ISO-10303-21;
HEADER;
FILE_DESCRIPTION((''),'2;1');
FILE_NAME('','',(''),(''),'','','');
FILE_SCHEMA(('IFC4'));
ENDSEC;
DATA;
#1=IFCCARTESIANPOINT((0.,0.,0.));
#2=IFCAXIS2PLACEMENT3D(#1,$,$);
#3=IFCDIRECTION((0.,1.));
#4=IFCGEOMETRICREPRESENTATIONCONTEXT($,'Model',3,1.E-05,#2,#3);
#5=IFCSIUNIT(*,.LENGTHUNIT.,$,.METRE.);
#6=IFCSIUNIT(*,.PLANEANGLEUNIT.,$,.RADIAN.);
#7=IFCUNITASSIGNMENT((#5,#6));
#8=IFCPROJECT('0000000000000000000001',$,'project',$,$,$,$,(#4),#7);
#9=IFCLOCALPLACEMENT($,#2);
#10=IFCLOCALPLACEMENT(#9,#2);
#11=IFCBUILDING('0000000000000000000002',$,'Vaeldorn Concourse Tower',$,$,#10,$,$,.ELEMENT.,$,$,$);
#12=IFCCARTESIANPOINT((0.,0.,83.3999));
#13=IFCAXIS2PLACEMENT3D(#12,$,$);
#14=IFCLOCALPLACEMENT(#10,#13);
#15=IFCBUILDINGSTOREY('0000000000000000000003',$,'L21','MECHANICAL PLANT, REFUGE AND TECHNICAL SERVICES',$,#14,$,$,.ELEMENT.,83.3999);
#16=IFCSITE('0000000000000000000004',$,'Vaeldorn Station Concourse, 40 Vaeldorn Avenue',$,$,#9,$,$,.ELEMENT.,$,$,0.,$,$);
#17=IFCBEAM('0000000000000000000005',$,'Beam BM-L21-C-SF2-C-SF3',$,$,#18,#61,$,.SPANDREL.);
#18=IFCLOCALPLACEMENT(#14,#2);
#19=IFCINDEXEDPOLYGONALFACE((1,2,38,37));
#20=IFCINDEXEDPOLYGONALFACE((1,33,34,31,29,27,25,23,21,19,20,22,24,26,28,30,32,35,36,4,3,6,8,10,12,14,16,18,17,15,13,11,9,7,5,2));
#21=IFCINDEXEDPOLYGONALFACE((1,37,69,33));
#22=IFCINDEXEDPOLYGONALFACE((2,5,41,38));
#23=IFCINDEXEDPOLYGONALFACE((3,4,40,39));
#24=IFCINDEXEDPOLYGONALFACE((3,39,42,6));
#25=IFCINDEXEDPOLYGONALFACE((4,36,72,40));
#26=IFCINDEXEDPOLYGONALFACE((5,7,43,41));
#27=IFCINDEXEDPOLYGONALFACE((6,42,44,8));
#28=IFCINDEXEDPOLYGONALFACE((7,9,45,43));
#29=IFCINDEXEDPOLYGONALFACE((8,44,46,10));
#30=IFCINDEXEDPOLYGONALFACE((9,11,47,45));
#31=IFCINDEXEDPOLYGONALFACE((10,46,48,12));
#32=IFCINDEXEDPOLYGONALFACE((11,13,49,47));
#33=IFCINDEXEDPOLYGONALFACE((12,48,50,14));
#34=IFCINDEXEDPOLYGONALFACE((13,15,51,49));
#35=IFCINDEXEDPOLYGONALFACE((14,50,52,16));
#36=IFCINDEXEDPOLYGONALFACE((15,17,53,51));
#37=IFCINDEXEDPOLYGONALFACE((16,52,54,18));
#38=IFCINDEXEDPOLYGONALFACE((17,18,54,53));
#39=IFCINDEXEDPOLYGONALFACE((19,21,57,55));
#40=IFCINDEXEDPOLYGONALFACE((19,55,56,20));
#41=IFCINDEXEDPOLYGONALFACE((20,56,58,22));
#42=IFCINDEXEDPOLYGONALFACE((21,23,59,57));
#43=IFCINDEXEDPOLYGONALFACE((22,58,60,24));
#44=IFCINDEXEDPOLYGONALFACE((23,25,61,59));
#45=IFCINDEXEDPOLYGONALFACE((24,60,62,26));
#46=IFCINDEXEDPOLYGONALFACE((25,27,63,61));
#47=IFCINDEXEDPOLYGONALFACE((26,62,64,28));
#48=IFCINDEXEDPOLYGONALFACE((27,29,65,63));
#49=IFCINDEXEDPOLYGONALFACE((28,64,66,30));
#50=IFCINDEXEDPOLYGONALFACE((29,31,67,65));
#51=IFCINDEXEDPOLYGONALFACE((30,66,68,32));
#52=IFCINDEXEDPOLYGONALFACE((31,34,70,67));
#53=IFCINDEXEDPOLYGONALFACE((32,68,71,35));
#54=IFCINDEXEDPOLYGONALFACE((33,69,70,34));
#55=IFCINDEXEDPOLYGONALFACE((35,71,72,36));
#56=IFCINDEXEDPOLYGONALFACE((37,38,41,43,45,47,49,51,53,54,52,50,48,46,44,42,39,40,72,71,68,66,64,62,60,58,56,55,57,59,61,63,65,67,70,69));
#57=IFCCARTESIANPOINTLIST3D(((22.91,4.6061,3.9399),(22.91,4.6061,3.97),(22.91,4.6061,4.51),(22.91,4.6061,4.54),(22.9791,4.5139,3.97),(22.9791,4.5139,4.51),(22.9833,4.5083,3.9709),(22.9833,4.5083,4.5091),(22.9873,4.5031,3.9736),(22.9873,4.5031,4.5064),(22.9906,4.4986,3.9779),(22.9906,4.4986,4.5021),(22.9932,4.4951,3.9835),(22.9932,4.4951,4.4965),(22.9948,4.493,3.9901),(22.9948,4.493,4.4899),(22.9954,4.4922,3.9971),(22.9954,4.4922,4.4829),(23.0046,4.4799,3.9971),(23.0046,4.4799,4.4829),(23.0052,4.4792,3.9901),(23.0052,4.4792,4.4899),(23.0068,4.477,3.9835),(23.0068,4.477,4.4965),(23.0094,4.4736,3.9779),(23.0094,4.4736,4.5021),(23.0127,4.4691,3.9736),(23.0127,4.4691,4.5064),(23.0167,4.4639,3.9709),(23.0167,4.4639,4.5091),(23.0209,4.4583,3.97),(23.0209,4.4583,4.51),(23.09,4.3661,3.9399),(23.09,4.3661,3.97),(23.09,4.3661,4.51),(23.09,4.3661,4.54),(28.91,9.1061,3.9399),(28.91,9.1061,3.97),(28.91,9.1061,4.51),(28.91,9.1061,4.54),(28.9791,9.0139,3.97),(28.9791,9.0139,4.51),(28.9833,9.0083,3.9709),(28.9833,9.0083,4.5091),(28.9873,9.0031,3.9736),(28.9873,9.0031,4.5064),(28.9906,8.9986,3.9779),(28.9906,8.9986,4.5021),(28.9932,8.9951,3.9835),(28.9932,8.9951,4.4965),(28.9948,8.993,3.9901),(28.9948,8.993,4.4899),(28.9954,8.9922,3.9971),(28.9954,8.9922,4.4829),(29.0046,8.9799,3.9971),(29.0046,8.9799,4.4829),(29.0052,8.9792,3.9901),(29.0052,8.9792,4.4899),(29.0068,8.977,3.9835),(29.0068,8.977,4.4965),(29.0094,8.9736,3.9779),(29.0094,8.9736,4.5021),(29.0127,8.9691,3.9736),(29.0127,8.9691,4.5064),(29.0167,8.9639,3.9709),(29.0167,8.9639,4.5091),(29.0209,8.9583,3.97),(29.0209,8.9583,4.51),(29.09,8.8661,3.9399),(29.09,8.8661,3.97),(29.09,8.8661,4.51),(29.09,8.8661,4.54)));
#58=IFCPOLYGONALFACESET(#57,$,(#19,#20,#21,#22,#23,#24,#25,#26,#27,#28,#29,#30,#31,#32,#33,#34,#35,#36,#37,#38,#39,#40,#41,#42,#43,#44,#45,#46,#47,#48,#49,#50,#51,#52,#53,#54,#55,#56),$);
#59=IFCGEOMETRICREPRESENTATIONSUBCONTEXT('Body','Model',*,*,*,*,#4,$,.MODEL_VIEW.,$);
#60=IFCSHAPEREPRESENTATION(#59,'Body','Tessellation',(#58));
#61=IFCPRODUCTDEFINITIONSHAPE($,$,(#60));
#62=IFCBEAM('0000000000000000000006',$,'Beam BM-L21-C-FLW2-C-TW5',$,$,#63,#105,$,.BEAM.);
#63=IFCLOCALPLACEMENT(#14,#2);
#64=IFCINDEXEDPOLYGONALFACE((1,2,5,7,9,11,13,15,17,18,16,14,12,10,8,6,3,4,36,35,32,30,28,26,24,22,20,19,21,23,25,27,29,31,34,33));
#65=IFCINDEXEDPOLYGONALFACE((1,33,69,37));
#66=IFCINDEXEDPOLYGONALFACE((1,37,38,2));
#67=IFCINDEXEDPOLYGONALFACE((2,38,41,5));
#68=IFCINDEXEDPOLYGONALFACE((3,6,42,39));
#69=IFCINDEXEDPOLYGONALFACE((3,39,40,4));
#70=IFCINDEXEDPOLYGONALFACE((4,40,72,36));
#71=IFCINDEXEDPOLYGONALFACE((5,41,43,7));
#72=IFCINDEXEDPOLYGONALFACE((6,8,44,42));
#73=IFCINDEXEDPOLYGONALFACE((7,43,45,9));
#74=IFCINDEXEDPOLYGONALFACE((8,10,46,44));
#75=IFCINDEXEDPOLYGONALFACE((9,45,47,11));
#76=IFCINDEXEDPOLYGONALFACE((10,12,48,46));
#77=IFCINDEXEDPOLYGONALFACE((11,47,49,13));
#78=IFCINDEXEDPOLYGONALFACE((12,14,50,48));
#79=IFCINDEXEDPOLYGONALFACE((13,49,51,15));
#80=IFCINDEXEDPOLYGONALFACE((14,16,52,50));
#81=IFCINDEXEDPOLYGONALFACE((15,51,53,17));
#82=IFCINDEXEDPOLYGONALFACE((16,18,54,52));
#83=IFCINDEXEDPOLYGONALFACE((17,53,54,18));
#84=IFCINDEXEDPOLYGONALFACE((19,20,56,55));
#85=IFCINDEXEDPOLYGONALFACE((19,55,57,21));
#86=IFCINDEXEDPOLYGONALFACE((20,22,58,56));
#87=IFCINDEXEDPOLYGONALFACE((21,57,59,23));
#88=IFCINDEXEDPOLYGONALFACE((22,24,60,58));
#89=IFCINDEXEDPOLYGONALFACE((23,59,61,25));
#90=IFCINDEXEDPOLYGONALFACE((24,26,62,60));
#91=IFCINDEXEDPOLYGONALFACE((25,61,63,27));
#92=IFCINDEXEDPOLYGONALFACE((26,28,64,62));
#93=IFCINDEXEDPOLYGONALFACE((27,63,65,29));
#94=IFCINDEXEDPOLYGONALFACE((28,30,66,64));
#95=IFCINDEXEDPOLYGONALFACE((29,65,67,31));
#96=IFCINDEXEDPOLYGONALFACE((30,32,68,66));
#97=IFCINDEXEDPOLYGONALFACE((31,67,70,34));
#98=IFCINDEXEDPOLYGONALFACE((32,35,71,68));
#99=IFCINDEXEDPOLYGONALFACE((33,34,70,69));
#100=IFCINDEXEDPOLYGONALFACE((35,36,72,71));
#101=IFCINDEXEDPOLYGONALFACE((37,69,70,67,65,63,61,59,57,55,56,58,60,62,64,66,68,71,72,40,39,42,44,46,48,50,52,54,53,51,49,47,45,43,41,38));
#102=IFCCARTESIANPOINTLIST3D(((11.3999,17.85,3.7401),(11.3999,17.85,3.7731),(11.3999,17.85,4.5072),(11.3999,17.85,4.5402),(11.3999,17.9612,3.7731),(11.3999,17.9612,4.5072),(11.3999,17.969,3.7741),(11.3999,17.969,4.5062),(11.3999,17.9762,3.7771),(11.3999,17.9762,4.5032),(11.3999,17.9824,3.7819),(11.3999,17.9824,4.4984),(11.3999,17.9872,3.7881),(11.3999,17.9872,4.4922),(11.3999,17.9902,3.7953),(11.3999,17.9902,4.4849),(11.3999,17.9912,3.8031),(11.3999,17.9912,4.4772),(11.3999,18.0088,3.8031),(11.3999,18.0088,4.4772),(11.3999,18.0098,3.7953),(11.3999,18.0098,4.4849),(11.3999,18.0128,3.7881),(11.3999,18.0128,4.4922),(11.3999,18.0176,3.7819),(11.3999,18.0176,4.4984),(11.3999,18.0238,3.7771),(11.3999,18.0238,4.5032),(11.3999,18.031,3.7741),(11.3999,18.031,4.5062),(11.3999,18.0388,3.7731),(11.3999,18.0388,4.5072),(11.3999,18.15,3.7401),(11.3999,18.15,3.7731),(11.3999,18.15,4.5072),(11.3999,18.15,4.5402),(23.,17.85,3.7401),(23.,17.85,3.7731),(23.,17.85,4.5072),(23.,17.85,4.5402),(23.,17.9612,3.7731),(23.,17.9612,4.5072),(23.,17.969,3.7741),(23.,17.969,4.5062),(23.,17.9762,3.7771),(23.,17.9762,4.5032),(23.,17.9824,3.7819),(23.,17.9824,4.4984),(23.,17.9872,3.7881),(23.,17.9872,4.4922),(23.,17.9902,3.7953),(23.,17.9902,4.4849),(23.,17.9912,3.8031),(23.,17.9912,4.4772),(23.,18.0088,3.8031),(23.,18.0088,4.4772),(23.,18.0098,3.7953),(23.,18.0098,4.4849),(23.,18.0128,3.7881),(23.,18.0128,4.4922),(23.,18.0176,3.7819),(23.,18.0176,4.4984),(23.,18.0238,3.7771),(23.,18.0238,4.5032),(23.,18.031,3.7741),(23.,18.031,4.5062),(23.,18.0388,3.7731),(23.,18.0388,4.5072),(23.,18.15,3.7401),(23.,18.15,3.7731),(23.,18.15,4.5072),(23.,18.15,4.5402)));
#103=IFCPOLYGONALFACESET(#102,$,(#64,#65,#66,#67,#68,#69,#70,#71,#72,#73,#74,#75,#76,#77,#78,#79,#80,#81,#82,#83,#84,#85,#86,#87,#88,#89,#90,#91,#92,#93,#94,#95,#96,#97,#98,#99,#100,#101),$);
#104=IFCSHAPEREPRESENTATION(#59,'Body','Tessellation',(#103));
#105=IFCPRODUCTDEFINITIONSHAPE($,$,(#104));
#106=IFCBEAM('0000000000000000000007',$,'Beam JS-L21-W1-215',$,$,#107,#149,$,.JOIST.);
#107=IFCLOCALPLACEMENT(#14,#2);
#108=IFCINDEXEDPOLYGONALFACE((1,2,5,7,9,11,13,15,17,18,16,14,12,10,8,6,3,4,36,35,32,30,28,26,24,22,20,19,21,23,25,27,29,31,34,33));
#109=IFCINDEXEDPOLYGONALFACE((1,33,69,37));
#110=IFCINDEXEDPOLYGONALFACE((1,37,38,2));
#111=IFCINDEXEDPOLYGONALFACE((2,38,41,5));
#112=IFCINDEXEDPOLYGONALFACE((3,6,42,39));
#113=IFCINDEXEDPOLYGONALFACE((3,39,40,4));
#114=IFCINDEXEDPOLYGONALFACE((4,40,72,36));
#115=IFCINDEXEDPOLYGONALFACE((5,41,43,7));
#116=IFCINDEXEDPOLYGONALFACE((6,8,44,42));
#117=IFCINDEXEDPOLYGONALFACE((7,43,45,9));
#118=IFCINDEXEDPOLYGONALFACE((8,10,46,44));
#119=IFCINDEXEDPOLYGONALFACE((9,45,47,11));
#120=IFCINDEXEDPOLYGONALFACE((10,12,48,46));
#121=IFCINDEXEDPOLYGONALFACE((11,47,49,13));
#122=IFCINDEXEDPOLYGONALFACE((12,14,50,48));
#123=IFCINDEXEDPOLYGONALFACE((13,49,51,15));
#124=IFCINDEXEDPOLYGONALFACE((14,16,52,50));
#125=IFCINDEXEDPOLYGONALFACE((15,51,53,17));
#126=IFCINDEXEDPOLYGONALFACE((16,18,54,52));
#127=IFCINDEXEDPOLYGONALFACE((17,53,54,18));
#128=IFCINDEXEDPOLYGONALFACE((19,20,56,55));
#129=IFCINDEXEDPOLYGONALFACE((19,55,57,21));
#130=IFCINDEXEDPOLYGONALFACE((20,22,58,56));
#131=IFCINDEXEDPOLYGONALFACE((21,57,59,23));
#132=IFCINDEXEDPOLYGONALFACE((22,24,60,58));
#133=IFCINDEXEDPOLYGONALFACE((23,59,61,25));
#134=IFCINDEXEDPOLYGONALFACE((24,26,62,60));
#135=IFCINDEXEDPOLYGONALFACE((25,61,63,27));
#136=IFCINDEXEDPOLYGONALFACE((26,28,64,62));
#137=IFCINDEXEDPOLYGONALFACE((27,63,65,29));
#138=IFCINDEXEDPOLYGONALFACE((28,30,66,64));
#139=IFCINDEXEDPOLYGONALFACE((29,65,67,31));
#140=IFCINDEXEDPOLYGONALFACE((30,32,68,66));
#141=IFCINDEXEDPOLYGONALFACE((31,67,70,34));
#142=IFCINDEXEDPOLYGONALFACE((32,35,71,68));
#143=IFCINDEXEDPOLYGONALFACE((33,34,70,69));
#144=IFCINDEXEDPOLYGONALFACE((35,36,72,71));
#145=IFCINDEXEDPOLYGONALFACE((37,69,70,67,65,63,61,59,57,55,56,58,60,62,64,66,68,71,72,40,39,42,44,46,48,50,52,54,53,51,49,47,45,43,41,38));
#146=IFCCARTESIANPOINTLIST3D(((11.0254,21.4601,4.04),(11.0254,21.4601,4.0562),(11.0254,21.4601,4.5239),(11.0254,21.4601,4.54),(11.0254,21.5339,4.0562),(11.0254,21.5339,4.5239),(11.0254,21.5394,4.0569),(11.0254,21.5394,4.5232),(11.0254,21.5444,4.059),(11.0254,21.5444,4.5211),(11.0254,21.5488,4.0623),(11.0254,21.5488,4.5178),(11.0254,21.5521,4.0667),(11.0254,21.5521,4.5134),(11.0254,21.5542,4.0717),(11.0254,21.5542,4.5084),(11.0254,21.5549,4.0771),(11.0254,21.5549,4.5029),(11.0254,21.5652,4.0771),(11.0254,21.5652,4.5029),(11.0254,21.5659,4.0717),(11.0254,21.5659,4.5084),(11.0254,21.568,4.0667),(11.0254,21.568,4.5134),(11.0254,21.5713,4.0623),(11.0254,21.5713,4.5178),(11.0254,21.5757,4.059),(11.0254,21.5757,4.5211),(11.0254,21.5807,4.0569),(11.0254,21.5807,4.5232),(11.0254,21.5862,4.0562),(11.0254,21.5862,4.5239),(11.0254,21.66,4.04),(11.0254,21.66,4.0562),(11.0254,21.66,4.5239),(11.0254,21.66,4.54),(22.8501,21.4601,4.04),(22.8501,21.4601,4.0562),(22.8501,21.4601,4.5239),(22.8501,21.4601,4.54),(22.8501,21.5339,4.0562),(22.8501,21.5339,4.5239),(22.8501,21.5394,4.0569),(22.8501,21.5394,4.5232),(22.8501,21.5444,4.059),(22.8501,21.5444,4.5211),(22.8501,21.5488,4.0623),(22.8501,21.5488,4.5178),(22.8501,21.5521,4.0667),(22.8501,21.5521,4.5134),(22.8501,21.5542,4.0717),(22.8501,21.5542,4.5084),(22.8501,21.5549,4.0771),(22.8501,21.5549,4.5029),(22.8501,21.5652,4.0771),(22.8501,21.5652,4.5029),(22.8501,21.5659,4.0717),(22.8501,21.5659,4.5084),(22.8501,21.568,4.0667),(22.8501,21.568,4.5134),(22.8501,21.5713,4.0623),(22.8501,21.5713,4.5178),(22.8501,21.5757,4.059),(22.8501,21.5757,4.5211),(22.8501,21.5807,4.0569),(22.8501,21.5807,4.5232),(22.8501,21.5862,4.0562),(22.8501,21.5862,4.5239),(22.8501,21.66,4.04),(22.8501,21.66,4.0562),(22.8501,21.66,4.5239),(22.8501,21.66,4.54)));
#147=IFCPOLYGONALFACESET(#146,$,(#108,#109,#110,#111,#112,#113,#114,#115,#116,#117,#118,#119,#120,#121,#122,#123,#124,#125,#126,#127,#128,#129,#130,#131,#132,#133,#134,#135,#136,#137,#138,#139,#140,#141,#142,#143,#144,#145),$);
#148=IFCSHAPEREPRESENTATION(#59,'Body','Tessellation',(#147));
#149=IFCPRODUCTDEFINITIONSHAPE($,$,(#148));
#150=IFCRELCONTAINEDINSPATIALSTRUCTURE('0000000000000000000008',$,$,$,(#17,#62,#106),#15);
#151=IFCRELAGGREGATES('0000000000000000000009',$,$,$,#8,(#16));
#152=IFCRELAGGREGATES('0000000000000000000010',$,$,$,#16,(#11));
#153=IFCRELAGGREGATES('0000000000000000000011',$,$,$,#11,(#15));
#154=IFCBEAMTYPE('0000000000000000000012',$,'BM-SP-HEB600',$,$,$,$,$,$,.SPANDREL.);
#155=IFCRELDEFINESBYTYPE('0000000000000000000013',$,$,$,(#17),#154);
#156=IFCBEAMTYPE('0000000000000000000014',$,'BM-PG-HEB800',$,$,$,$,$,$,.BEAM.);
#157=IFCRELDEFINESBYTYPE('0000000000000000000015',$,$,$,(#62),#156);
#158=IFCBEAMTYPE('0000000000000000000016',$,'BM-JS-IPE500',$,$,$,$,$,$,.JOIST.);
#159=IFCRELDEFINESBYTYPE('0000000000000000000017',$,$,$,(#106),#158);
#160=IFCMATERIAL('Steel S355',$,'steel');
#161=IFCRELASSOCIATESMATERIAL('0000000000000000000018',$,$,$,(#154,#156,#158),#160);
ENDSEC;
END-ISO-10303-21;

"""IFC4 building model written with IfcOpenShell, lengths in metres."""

from ifc_helpers import new_model, si_unit, direction, frame, origin, origin_2d, place, context, subcontext, project, spatial, i_section, extrude, source, transform, mapped, material, material_profile, profile_set, type_object, element, save


model = new_model("IFC4")

# Units and contexts
model_context = context("Model", 3, precision=1e-05, world=origin(), true_north=direction((0.0, 1.0)))
body_context = subcontext(model_context, "Body", "Model", "MODEL_VIEW")
ifc_project = project(units=[si_unit("LENGTHUNIT", "METRE"), si_unit("PLANEANGLEUNIT", "RADIAN")], contexts=[model_context])

# Site, building, storey
site_placement = place(None, origin())
site = spatial("IfcSite", under=ifc_project, at=site_placement, Name="Vaeldorn Station Concourse, 40 Vaeldorn Avenue", CompositionType="ELEMENT", RefElevation=0.0)
building_placement = place(site_placement, origin())
building = spatial("IfcBuilding", under=site, at=building_placement, Name="Vaeldorn Concourse Tower", CompositionType="ELEMENT")
storey_placement = place(building_placement, frame((0.0, 0.0, 83.3999)))
storey = spatial("IfcBuildingStorey", under=building, at=storey_placement, Name="L21", Description="MECHANICAL PLANT, REFUGE AND TECHNICAL SERVICES", CompositionType="ELEMENT", Elevation=83.3999)

# Beams
ifc_material_1 = material(Name="Steel S355", Category="steel")
ifc_material_profile_1 = material_profile(ifc_material_1, i_section(OverallWidth=0.3, OverallDepth=0.6001, WebThickness=0.0154, FlangeThickness=0.03, FilletRadius=0.0271, at=origin_2d()), Name="HEB 600")
ifc_profile_set_1 = profile_set([ifc_material_profile_1], Name="Steel S355")
beam_type_1 = type_object("IfcBeamType", Name="BM-SP-HEB600", PredefinedType="SPANDREL", material=ifc_profile_set_1)
shared_shape_1 = source(origin(), body_context, "Body", "SweptSolid", [
    extrude(i_section(OverallWidth=0.3, OverallDepth=0.6001, WebThickness=0.0154, FlangeThickness=0.03, FilletRadius=0.0271, at=origin_2d()), origin(), (0.0, 0.0, 1.0), 7.5),
])
beam_1_placement = place(storey_placement, frame((23.0, 4.4861, 4.24), z_axis=(0.8, 0.6, 0.0), x_axis=(-0.6, 0.8, 0.0)))
element("IfcBeam", 1, at=beam_1_placement, inside=storey, type_object=beam_type_1, Name="Beam BM-L21-C-SF2-C-SF3", PredefinedType="SPANDREL", context=body_context, shape_type="MappedRepresentation", body=[
    mapped(shared_shape_1, transform((0.0, 0.0, 0.0), scale=1.0)),
])
ifc_material_profile_2 = material_profile(ifc_material_1, i_section(OverallWidth=0.3, OverallDepth=0.8, WebThickness=0.0176, FlangeThickness=0.033, FilletRadius=0.03, at=origin_2d()), Name="HEB 800")
ifc_profile_set_2 = profile_set([ifc_material_profile_2], Name="Steel S355")
beam_type_2 = type_object("IfcBeamType", Name="BM-PG-HEB800", PredefinedType="BEAM", material=ifc_profile_set_2)
shared_shape_2 = source(origin(), body_context, "Body", "SweptSolid", [
    extrude(i_section(OverallWidth=0.3, OverallDepth=0.8, WebThickness=0.0176, FlangeThickness=0.033, FilletRadius=0.03, at=origin_2d()), origin(), (0.0, 0.0, 1.0), 11.6001),
])
beam_2_placement = place(storey_placement, frame((11.3999, 18.0, 4.1401), z_axis=(1.0, 0.0, 0.0), x_axis=(0.0, 1.0, 0.0)))
element("IfcBeam", 2, at=beam_2_placement, inside=storey, type_object=beam_type_2, Name="Beam BM-L21-C-FLW2-C-TW5", PredefinedType="BEAM", context=body_context, shape_type="MappedRepresentation", body=[
    mapped(shared_shape_2, transform((0.0, 0.0, 0.0), scale=1.0)),
])
ifc_material_profile_3 = material_profile(ifc_material_1, i_section(OverallWidth=0.2, OverallDepth=0.5, WebThickness=0.0103, FlangeThickness=0.0161, FilletRadius=0.021, at=origin_2d()), Name="IPE 500")
ifc_profile_set_3 = profile_set([ifc_material_profile_3], Name="Steel S355")
beam_type_3 = type_object("IfcBeamType", Name="BM-JS-IPE500", PredefinedType="JOIST", material=ifc_profile_set_3)
shared_shape_3 = source(origin(), body_context, "Body", "SweptSolid", [
    extrude(i_section(OverallWidth=0.2, OverallDepth=0.5, WebThickness=0.0103, FlangeThickness=0.0161, FilletRadius=0.021, at=origin_2d()), origin(), (0.0, 0.0, 1.0), 11.8247),
])
beam_3_placement = place(storey_placement, frame((11.0254, 21.5601, 4.29), z_axis=(1.0, 0.0, 0.0), x_axis=(0.0, 1.0, 0.0)))
element("IfcBeam", 3, at=beam_3_placement, inside=storey, type_object=beam_type_3, Name="Beam JS-L21-W1-215", PredefinedType="JOIST", context=body_context, shape_type="MappedRepresentation", body=[
    mapped(shared_shape_3, transform((0.0, 0.0, 0.0), scale=1.0)),
])

save(model, "model.ifc")
